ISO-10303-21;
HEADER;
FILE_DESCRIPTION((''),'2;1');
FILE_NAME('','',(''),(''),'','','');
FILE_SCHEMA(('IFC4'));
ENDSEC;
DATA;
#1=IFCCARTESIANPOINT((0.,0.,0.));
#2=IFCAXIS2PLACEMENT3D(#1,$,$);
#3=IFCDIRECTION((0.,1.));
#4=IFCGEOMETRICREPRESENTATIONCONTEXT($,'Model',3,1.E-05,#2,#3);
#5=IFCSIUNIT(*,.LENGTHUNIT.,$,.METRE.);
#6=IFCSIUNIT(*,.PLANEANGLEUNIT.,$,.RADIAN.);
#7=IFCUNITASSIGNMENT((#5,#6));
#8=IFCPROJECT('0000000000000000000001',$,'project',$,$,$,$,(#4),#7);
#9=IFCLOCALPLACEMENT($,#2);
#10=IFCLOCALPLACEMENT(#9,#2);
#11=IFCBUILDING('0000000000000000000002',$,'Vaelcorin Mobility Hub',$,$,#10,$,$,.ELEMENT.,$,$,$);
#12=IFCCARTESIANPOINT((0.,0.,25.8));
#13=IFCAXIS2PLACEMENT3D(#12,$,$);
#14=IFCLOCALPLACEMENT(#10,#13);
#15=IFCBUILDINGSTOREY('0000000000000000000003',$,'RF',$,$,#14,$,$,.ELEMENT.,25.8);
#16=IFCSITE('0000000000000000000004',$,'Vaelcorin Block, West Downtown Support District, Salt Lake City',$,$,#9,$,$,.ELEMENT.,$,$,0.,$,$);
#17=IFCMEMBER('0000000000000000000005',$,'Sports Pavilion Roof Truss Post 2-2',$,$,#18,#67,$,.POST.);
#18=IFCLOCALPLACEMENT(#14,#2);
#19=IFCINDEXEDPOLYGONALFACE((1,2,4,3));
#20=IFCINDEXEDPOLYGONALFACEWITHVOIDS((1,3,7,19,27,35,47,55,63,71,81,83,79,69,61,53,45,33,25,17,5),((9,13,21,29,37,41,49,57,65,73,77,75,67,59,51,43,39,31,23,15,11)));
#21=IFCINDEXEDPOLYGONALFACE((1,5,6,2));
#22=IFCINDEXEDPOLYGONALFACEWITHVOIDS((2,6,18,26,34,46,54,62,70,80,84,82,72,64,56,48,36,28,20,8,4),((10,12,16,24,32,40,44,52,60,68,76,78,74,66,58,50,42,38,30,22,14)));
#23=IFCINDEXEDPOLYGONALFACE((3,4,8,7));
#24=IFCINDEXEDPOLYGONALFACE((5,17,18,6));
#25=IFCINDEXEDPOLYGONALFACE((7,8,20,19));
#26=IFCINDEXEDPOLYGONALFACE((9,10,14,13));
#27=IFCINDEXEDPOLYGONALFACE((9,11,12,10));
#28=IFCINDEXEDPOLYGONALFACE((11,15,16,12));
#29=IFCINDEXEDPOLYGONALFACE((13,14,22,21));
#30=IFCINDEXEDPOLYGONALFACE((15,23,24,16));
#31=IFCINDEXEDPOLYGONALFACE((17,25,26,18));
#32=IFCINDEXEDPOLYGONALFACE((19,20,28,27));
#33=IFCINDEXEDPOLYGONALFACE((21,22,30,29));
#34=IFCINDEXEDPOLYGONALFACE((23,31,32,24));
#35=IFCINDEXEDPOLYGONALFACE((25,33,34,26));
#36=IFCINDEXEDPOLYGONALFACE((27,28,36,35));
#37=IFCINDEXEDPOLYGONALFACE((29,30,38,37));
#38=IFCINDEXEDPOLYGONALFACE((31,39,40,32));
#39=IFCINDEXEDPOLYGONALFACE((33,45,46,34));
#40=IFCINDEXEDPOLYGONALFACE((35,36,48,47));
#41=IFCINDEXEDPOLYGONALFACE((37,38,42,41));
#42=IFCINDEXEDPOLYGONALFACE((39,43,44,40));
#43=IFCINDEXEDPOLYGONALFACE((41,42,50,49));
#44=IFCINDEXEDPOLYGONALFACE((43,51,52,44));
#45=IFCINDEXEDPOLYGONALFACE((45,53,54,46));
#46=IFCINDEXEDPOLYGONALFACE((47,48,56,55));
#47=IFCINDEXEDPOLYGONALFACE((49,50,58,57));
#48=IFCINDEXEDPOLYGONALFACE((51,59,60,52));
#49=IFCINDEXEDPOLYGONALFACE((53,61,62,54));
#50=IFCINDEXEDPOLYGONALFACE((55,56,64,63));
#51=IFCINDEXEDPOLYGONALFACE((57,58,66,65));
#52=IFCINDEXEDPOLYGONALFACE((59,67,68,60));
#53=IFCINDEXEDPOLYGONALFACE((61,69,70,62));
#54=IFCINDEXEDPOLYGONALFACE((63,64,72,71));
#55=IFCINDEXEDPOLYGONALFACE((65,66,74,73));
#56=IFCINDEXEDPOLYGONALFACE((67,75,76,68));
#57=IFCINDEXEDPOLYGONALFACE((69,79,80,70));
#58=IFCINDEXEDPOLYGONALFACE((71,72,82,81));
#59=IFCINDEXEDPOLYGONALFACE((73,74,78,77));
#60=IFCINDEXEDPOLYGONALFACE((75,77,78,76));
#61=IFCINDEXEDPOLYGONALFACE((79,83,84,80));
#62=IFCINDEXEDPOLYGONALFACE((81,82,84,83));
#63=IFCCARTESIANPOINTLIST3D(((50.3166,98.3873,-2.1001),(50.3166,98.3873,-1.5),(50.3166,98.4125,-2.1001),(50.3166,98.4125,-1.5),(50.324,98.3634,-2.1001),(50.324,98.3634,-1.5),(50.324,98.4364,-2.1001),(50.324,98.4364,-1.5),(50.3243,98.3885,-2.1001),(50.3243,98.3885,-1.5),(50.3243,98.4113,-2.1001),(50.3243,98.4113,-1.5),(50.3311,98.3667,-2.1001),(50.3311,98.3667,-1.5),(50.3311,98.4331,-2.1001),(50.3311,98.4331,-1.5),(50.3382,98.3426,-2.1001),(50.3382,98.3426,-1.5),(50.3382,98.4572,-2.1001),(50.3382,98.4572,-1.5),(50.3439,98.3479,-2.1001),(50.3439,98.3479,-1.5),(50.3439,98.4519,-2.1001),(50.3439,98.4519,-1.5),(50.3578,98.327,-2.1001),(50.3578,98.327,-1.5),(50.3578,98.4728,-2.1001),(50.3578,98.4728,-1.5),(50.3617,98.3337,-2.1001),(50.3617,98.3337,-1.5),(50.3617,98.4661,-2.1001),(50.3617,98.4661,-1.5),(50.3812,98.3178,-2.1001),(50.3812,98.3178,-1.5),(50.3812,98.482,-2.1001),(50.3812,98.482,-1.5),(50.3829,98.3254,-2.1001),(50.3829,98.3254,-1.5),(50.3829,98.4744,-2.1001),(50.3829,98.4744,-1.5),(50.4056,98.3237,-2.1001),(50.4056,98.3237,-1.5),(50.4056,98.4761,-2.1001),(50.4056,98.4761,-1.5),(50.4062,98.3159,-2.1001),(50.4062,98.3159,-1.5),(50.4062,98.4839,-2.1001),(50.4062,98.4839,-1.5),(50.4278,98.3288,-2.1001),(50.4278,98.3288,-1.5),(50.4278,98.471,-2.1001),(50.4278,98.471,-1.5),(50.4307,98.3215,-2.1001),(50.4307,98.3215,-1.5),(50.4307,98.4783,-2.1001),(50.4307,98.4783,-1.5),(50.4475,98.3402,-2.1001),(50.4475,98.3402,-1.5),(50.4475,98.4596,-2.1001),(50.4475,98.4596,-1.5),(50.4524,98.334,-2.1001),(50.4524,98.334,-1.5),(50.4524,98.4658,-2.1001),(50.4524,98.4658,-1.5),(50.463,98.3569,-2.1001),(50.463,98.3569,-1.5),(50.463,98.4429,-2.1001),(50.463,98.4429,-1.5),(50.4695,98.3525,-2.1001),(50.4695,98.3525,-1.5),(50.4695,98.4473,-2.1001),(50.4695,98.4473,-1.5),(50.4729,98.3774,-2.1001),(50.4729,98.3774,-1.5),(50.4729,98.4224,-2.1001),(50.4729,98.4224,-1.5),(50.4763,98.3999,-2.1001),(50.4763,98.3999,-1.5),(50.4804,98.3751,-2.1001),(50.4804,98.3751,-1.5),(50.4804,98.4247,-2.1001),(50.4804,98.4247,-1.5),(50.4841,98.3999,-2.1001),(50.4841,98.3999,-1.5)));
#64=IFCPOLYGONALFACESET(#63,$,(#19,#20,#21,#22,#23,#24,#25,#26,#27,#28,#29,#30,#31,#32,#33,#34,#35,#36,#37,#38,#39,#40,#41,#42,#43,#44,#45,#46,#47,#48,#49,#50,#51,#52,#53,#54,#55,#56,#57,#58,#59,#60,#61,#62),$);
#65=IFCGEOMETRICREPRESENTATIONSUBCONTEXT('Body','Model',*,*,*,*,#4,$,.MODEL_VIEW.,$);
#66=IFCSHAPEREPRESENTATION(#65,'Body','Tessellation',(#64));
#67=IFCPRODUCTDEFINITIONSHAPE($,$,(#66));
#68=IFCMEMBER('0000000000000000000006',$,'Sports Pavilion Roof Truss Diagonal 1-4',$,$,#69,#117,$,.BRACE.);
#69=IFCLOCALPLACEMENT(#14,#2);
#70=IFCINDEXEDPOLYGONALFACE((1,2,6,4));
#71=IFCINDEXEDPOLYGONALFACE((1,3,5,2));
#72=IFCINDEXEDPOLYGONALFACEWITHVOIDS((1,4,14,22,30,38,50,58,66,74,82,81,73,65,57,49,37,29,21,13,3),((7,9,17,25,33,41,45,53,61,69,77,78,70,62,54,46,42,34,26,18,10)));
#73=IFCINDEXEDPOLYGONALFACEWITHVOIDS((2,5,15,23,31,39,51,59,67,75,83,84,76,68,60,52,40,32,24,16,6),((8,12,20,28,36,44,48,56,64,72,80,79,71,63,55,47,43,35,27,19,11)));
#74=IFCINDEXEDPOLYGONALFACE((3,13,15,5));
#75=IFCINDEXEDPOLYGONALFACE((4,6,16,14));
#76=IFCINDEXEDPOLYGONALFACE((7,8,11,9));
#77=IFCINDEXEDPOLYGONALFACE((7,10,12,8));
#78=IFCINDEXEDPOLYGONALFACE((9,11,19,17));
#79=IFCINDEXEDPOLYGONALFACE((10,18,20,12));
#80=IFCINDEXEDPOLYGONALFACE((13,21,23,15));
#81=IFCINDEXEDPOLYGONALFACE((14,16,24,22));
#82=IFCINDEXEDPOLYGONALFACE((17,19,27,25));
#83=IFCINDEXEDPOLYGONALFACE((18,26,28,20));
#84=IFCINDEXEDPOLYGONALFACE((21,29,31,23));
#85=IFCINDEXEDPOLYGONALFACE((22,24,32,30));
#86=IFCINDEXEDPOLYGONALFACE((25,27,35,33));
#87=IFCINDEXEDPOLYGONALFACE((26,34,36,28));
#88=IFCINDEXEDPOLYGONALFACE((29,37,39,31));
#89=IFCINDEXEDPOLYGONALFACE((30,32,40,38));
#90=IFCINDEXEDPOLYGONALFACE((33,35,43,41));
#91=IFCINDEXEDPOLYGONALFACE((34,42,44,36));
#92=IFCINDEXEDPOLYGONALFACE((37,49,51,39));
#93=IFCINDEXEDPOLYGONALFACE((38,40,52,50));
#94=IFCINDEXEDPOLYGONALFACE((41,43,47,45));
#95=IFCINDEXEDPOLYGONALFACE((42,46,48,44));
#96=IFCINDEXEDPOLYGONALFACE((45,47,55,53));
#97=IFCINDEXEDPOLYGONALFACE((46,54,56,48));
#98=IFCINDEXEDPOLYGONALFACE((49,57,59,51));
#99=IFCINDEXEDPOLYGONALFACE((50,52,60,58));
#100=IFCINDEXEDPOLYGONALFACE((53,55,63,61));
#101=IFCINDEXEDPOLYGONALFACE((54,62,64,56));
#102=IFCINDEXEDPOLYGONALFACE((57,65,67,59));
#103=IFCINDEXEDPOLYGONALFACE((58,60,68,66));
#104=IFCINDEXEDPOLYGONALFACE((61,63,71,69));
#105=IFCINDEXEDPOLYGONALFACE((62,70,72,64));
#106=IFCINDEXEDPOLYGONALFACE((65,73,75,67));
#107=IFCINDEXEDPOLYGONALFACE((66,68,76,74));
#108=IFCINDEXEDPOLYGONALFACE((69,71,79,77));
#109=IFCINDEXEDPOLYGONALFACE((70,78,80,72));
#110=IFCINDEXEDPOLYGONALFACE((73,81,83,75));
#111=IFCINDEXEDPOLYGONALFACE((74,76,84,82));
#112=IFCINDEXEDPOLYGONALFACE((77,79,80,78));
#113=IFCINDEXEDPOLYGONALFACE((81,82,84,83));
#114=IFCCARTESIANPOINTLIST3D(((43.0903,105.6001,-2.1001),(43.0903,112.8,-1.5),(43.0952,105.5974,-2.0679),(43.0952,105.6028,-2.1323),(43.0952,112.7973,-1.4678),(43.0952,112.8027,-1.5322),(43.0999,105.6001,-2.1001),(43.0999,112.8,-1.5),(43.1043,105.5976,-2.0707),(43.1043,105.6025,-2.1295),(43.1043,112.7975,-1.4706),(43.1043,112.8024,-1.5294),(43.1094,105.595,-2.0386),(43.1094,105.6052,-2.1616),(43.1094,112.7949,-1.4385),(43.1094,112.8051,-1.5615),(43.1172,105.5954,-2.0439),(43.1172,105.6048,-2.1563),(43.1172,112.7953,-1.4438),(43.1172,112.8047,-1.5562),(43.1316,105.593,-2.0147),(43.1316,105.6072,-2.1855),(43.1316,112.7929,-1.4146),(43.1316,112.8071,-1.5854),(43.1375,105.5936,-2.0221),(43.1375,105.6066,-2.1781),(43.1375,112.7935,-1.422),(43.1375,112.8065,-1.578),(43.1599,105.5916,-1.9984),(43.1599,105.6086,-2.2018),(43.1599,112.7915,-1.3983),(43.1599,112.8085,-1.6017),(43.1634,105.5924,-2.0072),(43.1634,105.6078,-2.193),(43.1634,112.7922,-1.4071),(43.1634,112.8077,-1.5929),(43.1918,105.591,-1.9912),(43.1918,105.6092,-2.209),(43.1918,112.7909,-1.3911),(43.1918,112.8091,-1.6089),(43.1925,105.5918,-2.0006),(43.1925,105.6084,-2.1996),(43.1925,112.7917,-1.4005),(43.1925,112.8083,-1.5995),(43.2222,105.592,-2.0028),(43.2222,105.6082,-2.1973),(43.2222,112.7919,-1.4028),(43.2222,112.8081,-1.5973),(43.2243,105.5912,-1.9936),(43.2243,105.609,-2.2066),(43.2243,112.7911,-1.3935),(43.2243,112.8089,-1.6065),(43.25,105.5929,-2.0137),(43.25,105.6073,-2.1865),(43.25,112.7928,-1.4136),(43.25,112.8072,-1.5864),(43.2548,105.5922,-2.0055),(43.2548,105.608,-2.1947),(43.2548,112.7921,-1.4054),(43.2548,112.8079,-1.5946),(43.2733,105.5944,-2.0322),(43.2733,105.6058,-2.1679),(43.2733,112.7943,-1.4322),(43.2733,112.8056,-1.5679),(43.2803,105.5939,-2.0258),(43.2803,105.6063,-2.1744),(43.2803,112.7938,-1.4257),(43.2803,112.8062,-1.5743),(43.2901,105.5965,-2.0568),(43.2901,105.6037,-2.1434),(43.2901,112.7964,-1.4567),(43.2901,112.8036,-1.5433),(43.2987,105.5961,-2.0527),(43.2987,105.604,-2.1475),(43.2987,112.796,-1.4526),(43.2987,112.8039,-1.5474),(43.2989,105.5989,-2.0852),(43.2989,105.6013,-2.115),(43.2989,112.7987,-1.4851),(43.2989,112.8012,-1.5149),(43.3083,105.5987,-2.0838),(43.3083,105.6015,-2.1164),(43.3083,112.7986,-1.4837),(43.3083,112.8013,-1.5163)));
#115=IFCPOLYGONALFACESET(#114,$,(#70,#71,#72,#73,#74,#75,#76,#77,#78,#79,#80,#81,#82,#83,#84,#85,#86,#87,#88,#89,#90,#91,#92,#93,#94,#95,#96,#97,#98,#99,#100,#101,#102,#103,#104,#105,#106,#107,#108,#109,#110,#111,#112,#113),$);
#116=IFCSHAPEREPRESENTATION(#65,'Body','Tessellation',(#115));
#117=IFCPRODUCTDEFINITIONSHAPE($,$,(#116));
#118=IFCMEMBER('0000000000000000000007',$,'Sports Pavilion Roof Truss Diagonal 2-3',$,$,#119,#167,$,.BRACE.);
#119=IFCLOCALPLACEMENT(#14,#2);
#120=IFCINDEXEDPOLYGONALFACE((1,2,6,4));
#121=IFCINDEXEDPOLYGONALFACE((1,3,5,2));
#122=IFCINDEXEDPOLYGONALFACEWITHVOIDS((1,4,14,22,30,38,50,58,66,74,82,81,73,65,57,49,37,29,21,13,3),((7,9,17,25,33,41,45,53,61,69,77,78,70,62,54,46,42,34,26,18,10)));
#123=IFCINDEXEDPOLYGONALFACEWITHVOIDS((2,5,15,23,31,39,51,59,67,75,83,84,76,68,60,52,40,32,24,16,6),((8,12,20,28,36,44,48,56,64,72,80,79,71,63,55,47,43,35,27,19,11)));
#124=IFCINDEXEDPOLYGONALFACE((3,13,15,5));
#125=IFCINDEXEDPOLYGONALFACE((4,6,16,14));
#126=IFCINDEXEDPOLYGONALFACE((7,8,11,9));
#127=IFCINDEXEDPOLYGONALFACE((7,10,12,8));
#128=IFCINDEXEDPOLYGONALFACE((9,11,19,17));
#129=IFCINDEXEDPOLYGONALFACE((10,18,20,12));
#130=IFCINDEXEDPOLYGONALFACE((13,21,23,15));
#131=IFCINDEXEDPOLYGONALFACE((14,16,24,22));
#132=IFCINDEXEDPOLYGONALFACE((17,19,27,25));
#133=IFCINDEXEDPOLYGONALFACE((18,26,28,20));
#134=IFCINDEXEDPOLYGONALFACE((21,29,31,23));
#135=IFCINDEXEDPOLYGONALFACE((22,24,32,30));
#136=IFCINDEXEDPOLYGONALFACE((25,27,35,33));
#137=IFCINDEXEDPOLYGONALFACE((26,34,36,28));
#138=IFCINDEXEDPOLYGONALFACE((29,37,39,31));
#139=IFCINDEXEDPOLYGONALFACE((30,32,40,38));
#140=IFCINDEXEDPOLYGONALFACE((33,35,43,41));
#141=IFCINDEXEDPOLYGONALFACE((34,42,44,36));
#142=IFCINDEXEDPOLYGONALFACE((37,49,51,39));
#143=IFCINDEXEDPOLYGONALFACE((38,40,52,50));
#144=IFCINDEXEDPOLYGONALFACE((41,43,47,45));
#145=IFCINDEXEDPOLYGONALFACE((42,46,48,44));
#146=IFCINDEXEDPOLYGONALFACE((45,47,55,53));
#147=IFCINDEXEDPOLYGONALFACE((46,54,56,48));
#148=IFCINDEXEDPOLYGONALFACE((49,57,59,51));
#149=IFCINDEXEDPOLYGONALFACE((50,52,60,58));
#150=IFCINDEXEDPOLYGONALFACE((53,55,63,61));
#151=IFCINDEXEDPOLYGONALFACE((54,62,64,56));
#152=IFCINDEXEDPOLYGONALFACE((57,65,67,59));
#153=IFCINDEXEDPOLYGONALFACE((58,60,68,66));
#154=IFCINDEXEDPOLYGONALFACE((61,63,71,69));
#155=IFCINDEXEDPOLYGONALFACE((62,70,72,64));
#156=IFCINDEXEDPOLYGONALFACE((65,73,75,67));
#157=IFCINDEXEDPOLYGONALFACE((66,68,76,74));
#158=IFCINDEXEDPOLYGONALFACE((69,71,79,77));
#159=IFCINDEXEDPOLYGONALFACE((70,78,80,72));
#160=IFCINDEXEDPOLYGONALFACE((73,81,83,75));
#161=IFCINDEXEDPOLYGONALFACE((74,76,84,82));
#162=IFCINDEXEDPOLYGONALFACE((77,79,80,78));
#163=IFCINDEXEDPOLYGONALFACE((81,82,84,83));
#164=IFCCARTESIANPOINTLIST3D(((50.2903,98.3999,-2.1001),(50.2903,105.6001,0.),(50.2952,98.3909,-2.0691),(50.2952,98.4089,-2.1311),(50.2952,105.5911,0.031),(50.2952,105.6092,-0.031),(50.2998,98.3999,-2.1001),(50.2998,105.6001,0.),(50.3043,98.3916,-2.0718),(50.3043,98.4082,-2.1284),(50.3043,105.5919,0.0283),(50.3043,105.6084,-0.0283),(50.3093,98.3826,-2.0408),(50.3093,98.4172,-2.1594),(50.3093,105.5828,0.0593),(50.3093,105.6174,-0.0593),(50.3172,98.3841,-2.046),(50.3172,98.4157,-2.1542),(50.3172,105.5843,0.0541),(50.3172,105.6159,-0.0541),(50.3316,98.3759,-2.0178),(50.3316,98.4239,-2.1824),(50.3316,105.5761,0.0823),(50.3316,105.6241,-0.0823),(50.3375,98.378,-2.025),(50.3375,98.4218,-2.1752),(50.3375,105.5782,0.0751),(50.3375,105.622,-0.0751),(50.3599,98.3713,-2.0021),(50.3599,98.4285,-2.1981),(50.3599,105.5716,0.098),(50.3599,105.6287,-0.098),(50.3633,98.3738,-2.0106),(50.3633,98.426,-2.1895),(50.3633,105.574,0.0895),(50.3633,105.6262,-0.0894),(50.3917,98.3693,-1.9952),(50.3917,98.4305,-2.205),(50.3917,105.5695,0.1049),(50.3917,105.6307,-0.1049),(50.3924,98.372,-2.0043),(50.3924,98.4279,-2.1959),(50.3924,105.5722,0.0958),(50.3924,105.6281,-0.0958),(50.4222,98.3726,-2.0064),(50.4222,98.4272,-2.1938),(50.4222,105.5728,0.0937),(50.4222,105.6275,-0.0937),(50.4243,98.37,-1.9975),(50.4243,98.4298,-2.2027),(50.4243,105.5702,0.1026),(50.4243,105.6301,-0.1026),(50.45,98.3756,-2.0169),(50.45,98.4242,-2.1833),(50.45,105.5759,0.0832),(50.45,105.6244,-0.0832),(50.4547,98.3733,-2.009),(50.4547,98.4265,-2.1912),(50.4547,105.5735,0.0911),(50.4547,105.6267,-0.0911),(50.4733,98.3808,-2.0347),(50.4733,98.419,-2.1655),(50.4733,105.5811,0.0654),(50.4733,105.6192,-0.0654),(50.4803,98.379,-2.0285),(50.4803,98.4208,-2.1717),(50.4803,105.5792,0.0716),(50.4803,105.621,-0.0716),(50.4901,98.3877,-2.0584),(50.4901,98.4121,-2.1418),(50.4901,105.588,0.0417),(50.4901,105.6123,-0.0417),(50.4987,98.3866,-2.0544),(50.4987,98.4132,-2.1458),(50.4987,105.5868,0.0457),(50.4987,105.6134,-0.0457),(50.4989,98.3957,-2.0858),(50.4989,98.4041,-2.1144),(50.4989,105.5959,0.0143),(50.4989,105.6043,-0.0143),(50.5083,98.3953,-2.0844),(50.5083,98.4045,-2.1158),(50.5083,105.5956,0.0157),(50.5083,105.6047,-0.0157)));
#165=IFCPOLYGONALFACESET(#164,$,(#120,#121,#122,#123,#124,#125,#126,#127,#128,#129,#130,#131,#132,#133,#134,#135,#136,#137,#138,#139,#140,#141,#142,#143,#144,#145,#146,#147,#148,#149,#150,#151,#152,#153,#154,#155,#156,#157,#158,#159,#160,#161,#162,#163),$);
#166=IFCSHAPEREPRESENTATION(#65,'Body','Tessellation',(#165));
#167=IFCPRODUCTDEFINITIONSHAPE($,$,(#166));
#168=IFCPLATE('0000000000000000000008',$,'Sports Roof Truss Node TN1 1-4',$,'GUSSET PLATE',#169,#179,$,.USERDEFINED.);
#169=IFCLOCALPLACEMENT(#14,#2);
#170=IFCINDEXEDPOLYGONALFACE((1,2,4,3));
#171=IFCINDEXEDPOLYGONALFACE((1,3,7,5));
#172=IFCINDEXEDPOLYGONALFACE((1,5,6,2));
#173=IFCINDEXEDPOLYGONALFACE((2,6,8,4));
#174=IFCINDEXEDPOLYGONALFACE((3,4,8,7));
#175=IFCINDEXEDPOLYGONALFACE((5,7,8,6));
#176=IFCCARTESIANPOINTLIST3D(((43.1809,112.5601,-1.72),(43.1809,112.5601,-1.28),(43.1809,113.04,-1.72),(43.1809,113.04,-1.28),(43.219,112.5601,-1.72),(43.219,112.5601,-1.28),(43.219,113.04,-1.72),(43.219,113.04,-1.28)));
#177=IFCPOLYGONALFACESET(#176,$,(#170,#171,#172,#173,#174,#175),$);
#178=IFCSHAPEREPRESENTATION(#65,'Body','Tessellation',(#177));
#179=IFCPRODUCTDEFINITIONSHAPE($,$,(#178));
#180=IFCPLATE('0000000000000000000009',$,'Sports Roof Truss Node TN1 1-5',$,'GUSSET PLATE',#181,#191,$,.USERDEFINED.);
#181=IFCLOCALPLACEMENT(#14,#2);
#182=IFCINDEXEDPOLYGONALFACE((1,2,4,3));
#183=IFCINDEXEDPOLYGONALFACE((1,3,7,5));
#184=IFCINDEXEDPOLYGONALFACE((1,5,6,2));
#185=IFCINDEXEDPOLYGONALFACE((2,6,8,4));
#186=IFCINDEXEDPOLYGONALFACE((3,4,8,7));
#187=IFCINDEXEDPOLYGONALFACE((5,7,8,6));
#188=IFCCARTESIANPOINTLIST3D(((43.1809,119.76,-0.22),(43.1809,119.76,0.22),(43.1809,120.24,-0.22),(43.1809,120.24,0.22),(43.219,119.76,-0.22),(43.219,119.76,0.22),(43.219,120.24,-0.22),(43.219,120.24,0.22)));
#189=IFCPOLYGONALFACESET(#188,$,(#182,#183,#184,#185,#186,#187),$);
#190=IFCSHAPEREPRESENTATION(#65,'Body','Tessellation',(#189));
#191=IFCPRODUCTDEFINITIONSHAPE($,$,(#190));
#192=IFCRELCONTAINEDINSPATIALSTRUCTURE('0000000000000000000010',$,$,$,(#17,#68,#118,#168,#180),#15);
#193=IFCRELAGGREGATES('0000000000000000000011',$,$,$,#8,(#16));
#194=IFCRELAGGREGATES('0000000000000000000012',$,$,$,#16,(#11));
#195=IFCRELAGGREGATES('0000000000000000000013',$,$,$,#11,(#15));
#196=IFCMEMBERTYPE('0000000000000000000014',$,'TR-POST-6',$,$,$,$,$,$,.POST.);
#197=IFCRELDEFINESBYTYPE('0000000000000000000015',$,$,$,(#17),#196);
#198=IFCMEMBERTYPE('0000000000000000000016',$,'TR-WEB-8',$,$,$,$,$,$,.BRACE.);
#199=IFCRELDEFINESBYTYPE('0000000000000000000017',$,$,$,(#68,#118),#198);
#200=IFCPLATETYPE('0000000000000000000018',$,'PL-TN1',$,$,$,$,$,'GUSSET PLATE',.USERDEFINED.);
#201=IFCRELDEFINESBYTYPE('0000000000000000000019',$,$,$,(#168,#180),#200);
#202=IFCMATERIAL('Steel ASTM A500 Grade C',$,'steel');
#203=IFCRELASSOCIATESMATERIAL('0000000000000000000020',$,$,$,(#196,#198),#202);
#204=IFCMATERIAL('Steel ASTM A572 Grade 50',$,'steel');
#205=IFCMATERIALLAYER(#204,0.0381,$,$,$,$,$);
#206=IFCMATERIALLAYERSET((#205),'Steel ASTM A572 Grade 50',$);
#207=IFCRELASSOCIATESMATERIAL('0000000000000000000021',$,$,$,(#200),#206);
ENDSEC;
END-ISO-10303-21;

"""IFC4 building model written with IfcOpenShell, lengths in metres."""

from ifc_helpers import new_model, si_unit, direction, frame, origin, origin_2d, place, context, subcontext, project, spatial, rectangle, hollow_circle, extrude, material, layer, layer_set, material_profile, profile_set, type_object, element, save


model = new_model("IFC4")

# Units and contexts
model_context = context("Model", 3, precision=1e-05, world=origin(), true_north=direction((0.0, 1.0)))
body_context = subcontext(model_context, "Body", "Model", "MODEL_VIEW")
ifc_project = project(units=[si_unit("LENGTHUNIT", "METRE"), si_unit("PLANEANGLEUNIT", "RADIAN")], contexts=[model_context])

# Site, building, storey
site_placement = place(None, origin())
site = spatial("IfcSite", under=ifc_project, at=site_placement, Name="Vaelcorin Block, West Downtown Support District, Salt Lake City", CompositionType="ELEMENT", RefElevation=0.0)
building_placement = place(site_placement, origin())
building = spatial("IfcBuilding", under=site, at=building_placement, Name="Vaelcorin Mobility Hub", CompositionType="ELEMENT")
storey_placement = place(building_placement, frame((0.0, 0.0, 25.8)))
storey = spatial("IfcBuildingStorey", under=building, at=storey_placement, Name="RF", CompositionType="ELEMENT", Elevation=25.8)

# Shared definitions
ifc_material_1 = material(Name="Steel ASTM A500 Grade C", Category="steel")

# Members
ifc_material_profile_1 = material_profile(ifc_material_1, hollow_circle(Radius=0.0842, WallThickness=0.0078, at=origin_2d()), Name="HSS6.625X0.312")
ifc_profile_set_1 = profile_set([ifc_material_profile_1], Name="Steel ASTM A500 Grade C")
member_type_1 = type_object("IfcMemberType", Name="TR-POST-6", PredefinedType="POST", material=ifc_profile_set_1)
for number, where, z_axis, x_axis, name in (
    (1, (50.3999, 98.3999, -2.1001), (0.0, 0.0, 1.0), (1.0, 0.0, 0.0), "Sports Pavilion Roof Truss Post 2-2"),
):
    element("IfcMember", number, at=place(storey_placement, frame(where, z_axis=z_axis, x_axis=x_axis)), inside=storey, type_object=member_type_1, Name=name, PredefinedType="POST", context=body_context, shape_type="SweptSolid", body=[
        extrude(hollow_circle(Radius=0.0842, WallThickness=0.0078, at=origin_2d()), origin(), (0.0, 0.0, 1.0), 0.6001),
    ])
ifc_material_profile_2 = material_profile(ifc_material_1, hollow_circle(Radius=0.1096, WallThickness=0.0095, at=origin_2d()), Name="HSS8.625X0.375")
ifc_profile_set_2 = profile_set([ifc_material_profile_2], Name="Steel ASTM A500 Grade C")
member_type_2 = type_object("IfcMemberType", Name="TR-WEB-8", PredefinedType="BRACE", material=ifc_profile_set_2)
member_1_placement = place(storey_placement, frame((43.2, 105.6001, -2.1001), z_axis=(0.0, 0.996545, 0.083059), x_axis=(-1.0, 0.0, 0.0)))
element("IfcMember", 2, at=member_1_placement, inside=storey, type_object=member_type_2, Name="Sports Pavilion Roof Truss Diagonal 1-4", PredefinedType="BRACE", context=body_context, shape_type="SweptSolid", body=[
    extrude(hollow_circle(Radius=0.1096, WallThickness=0.0095, at=origin_2d()), origin(), (0.0, 0.0, 1.0), 7.2249),
])
member_2_placement = place(storey_placement, frame((50.3999, 98.3999, -2.1001), z_axis=(0.0, 0.959999, 0.280005), x_axis=(-1.0, 0.0, 0.0)))
element("IfcMember", 3, at=member_2_placement, inside=storey, type_object=member_type_2, Name="Sports Pavilion Roof Truss Diagonal 2-3", PredefinedType="BRACE", context=body_context, shape_type="SweptSolid", body=[
    extrude(hollow_circle(Radius=0.1096, WallThickness=0.0095, at=origin_2d()), origin(), (0.0, 0.0, 1.0), 7.5002),
])

# Plates
ifc_material_2 = material(Name="Steel ASTM A572 Grade 50", Category="steel")
ifc_layer_1 = layer(ifc_material_2, 0.0381)
ifc_layer_set_1 = layer_set([ifc_layer_1], Name="Steel ASTM A572 Grade 50")
plate_type_1 = type_object("IfcPlateType", Name="PL-TN1", ElementType="GUSSET PLATE", PredefinedType="USERDEFINED", material=ifc_layer_set_1)
for number, where, z_axis, x_axis, name in (
    (4, (43.2, 112.8, -1.72), (0.0, 0.0, 1.0), (1.0, 0.0, 0.0), "Sports Roof Truss Node TN1 1-4"),
    (5, (43.2, 120.0, -0.22), (0.0, 0.0, 1.0), (1.0, 0.0, 0.0), "Sports Roof Truss Node TN1 1-5"),
):
    element("IfcPlate", number, at=place(storey_placement, frame(where, z_axis=z_axis, x_axis=x_axis)), inside=storey, type_object=plate_type_1, Name=name, ObjectType="GUSSET PLATE", PredefinedType="USERDEFINED", context=body_context, shape_type="SweptSolid", body=[
        extrude(rectangle(XDim=0.0381, YDim=0.48, at=origin_2d()), origin(), (0.0, 0.0, 1.0), 0.4399),
    ])

save(model, "model.ifc")
